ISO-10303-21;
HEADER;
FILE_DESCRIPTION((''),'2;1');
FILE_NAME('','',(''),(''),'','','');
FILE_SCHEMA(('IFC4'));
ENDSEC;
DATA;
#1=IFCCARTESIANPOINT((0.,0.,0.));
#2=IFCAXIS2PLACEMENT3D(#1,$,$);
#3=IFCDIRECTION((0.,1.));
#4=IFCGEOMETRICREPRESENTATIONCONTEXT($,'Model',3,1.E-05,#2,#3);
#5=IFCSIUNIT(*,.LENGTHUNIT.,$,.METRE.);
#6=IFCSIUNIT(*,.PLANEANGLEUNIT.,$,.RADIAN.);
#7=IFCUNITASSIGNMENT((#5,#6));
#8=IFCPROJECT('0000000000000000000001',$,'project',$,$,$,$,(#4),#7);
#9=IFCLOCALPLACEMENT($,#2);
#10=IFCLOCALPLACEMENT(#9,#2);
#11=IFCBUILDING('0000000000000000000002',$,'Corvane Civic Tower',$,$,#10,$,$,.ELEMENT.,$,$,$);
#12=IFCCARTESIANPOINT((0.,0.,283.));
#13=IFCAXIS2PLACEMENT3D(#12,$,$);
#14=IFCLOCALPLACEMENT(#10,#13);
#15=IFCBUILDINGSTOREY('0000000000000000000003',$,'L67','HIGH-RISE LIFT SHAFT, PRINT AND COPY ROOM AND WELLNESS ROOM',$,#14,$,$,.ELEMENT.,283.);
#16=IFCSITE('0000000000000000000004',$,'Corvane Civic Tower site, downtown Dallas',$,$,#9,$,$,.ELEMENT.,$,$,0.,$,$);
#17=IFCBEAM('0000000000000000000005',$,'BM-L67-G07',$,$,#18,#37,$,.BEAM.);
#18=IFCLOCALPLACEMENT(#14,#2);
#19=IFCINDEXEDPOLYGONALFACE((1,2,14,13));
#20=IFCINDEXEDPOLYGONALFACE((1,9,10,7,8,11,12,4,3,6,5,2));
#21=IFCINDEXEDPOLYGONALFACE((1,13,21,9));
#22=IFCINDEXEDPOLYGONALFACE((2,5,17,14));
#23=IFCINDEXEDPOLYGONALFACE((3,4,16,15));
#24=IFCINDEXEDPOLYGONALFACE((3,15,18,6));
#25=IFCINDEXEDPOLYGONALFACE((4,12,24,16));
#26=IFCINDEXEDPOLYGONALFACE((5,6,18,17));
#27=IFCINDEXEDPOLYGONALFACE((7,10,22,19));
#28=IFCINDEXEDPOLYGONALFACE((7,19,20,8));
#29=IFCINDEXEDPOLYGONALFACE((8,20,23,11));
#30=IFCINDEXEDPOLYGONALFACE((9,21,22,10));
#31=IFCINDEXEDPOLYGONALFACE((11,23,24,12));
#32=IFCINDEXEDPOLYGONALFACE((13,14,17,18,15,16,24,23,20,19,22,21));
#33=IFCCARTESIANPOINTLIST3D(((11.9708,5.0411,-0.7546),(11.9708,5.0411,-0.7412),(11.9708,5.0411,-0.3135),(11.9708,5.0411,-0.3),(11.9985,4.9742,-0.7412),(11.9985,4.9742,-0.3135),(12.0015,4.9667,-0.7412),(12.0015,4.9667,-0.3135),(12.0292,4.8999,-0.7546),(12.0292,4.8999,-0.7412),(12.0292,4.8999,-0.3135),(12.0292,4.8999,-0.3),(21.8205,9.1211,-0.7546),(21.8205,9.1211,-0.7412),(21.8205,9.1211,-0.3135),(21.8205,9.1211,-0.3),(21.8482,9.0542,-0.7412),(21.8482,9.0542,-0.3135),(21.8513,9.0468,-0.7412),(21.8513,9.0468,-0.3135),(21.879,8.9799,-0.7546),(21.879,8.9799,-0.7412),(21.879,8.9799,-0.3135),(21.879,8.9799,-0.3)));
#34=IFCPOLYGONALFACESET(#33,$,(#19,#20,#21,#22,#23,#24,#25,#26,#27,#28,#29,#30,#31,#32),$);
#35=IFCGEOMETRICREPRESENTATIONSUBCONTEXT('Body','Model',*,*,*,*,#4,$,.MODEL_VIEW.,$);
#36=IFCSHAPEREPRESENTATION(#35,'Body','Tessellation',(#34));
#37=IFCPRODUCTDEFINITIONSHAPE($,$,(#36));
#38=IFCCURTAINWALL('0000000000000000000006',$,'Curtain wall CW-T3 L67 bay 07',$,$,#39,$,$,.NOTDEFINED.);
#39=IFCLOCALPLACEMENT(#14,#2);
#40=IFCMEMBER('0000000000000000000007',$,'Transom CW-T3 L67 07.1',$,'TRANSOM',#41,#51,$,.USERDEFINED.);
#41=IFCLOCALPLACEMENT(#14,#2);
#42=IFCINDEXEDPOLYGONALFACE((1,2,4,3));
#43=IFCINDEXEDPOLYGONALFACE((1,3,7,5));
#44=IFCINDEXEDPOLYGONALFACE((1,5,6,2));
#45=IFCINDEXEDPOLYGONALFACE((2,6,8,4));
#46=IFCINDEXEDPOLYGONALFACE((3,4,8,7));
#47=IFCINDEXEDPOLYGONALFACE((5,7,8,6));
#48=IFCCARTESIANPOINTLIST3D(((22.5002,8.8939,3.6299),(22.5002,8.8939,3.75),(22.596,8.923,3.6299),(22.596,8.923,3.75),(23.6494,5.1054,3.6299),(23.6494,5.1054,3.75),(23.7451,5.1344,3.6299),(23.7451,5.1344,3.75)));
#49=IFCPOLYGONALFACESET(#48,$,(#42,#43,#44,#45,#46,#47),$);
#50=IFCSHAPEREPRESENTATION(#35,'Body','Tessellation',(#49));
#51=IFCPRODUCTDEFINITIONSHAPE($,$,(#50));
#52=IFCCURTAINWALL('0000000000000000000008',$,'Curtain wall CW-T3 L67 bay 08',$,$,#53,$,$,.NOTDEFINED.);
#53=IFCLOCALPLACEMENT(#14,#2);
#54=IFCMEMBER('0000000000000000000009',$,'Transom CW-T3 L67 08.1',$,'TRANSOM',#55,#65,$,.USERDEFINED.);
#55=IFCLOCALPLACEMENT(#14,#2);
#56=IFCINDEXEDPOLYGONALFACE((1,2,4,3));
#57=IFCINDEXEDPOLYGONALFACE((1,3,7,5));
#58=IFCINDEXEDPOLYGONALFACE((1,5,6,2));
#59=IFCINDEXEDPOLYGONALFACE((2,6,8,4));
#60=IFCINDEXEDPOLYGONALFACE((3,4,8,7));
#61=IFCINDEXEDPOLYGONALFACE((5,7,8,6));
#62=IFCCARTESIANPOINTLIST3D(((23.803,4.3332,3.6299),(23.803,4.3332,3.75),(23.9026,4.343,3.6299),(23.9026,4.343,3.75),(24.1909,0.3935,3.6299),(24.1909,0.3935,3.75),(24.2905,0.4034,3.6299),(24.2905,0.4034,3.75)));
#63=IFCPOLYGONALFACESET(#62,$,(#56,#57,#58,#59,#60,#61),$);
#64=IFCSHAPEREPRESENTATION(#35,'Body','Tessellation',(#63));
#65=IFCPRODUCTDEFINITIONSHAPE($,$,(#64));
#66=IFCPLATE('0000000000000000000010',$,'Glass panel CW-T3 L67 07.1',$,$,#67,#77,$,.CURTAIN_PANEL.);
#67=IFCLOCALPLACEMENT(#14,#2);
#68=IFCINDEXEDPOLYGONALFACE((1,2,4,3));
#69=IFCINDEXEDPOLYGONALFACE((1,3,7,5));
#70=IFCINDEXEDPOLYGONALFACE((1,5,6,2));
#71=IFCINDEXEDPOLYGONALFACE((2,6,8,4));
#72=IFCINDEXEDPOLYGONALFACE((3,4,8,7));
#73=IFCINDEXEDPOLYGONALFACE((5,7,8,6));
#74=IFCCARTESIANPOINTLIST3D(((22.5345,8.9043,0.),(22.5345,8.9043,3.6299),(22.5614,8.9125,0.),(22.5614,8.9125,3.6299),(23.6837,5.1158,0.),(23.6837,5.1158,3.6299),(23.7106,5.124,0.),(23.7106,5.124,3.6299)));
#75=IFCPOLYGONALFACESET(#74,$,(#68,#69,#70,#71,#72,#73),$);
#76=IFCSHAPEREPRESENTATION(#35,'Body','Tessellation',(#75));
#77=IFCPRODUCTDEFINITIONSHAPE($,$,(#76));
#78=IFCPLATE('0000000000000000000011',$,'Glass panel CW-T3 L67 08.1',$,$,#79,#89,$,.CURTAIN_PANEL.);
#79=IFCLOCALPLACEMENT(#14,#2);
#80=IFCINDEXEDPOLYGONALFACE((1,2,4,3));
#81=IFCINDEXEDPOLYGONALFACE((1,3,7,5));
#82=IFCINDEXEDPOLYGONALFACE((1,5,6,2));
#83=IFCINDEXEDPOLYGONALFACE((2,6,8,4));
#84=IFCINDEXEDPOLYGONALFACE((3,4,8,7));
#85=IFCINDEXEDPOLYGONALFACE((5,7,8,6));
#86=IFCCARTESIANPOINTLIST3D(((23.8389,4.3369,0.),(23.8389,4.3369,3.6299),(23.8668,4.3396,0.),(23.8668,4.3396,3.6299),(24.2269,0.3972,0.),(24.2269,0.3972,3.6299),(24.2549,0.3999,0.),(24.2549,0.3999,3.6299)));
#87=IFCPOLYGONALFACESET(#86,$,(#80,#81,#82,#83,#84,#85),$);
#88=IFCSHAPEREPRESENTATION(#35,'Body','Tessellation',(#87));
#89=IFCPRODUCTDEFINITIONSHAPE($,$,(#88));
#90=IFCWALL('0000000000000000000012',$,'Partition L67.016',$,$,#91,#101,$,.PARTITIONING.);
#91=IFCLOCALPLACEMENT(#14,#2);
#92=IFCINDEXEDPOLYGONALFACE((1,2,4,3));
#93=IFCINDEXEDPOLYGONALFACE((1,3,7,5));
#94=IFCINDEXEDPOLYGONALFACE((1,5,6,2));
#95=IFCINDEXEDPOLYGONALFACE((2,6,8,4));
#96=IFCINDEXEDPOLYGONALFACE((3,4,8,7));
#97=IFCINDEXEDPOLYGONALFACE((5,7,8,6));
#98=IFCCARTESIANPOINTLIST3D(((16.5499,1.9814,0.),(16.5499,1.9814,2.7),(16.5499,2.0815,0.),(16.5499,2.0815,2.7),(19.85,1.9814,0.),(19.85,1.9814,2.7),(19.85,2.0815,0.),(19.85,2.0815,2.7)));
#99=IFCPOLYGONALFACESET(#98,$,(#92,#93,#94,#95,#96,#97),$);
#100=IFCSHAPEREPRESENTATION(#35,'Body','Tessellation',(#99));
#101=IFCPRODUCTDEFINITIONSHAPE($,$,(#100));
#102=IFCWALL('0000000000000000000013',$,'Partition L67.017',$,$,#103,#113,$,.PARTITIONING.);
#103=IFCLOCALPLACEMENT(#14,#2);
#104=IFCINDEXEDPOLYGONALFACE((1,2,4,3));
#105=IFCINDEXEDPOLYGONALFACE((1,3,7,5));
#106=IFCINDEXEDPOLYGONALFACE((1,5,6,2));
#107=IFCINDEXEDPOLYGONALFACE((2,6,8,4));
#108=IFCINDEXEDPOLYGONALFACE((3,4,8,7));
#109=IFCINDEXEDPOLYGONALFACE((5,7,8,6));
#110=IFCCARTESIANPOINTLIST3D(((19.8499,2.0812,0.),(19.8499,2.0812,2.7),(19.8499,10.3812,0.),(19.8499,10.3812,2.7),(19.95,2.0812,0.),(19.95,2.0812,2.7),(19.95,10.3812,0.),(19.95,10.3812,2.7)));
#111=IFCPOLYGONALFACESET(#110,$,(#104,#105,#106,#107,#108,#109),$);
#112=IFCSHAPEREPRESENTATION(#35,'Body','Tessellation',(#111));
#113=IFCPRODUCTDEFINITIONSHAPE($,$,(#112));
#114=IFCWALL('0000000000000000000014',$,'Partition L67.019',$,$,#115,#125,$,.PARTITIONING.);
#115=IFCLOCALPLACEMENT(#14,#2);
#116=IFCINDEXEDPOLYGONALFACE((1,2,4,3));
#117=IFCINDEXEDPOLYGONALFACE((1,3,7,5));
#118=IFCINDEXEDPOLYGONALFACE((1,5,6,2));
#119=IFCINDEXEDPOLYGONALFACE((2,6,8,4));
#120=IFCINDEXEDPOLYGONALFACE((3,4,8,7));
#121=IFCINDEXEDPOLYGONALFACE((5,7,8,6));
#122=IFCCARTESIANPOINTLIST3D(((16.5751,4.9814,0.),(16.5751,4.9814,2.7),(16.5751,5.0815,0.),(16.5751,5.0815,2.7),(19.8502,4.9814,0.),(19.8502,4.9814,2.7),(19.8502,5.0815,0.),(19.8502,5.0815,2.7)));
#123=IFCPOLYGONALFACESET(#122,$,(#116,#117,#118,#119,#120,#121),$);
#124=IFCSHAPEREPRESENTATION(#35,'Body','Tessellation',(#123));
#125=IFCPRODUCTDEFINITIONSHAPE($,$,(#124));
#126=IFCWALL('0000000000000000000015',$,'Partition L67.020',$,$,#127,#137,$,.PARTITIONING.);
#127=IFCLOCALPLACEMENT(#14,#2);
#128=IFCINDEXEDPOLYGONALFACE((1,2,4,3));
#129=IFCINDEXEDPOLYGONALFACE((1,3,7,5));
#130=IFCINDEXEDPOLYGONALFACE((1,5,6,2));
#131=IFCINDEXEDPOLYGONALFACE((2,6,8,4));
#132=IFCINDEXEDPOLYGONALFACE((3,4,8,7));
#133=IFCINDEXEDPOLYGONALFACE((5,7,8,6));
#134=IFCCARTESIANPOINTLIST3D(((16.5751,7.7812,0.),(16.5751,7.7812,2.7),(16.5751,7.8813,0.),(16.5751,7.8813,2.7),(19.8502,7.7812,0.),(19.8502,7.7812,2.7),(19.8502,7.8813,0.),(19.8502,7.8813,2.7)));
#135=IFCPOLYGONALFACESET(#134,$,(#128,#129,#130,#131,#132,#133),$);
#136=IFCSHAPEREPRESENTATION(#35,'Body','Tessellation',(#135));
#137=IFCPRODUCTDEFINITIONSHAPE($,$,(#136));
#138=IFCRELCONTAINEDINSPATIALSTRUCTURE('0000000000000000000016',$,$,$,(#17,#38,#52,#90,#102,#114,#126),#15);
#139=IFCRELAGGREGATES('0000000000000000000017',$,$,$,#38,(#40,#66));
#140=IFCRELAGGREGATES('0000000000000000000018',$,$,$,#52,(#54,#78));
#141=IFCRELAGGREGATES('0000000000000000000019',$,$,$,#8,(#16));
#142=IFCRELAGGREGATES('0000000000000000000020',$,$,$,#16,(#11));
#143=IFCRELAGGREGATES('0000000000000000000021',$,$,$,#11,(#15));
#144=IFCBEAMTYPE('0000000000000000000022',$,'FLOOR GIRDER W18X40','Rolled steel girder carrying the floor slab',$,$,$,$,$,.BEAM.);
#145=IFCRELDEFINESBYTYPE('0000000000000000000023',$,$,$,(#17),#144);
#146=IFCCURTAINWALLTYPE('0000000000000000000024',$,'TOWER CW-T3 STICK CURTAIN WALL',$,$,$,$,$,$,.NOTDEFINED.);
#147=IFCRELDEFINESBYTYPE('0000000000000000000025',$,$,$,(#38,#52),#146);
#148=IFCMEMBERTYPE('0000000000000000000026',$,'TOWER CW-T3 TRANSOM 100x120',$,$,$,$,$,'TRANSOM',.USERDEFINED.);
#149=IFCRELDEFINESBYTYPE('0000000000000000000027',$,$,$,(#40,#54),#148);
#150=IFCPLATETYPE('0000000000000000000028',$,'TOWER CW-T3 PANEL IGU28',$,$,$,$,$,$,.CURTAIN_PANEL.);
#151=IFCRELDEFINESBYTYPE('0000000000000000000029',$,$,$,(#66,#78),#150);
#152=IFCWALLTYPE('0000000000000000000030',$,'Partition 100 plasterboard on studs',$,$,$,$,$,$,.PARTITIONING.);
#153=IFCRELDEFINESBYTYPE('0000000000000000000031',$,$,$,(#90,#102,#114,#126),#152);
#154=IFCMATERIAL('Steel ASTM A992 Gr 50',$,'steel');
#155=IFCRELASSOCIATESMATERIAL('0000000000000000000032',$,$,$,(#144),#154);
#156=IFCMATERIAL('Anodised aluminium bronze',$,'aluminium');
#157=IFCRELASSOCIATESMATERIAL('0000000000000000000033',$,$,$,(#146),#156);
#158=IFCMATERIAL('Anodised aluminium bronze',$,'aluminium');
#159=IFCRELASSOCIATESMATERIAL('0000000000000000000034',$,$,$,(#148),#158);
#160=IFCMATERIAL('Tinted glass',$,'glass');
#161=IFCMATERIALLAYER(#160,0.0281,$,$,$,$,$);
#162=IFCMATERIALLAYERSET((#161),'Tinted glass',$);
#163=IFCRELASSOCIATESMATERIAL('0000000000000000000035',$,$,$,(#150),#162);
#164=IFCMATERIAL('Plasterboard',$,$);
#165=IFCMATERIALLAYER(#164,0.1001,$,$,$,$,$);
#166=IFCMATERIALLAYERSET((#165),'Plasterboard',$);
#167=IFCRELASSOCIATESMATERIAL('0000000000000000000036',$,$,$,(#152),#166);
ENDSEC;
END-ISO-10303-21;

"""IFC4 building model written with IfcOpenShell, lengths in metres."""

from ifc_helpers import new_model, si_unit, direction, frame, frame_2d, origin, origin_2d, place, context, subcontext, project, spatial, rectangle, i_section, extrude, material, layer, layer_set, material_profile, profile_set, type_object, element, aggregate, save


model = new_model("IFC4")

# Units and contexts
model_context = context("Model", 3, precision=1e-05, world=origin(), true_north=direction((0.0, 1.0)))
body_context = subcontext(model_context, "Body", "Model", "MODEL_VIEW")
ifc_project = project(units=[si_unit("LENGTHUNIT", "METRE"), si_unit("PLANEANGLEUNIT", "RADIAN")], contexts=[model_context])

# Site, building, storey
site_placement = place(None, origin())
site = spatial("IfcSite", under=ifc_project, at=site_placement, Name="Corvane Civic Tower site, downtown Dallas", CompositionType="ELEMENT", RefElevation=0.0)
building_placement = place(site_placement, origin())
building = spatial("IfcBuilding", under=site, at=building_placement, Name="Corvane Civic Tower", CompositionType="ELEMENT")
storey_placement = place(building_placement, frame((0.0, 0.0, 283.0)))
storey = spatial("IfcBuildingStorey", under=building, at=storey_placement, Name="L67", Description="HIGH-RISE LIFT SHAFT, PRINT AND COPY ROOM AND WELLNESS ROOM", CompositionType="ELEMENT", Elevation=283.0)

# Beam
ifc_material_1 = material(Name="Steel ASTM A992 Gr 50", Category="steel")
ifc_material_profile_1 = material_profile(ifc_material_1, i_section(OverallWidth=0.1528, OverallDepth=0.4546, WebThickness=0.0081, FlangeThickness=0.0134, at=origin_2d()), Name="W18X40")
ifc_profile_set_1 = profile_set([ifc_material_profile_1], Name="Steel ASTM A992 Gr 50")
beam_type_1 = type_object("IfcBeamType", Name="FLOOR GIRDER W18X40", Description="Rolled steel girder carrying the floor slab", PredefinedType="BEAM", material=ifc_profile_set_1)
beam_1_placement = place(storey_placement, frame((12.0, 4.9705, -0.5273), z_axis=(0.923875, 0.382694, 0.0), x_axis=(-0.382694, 0.923875, 0.0)))
element("IfcBeam", 1, at=beam_1_placement, inside=storey, type_object=beam_type_1, Name="BM-L67-G07", PredefinedType="BEAM", context=body_context, shape_type="SweptSolid", body=[
    extrude(i_section(OverallWidth=0.1528, OverallDepth=0.4546, WebThickness=0.0081, FlangeThickness=0.0134, at=origin_2d()), origin(), (0.0, 0.0, 1.0), 10.6614),
])

# Curtain walls, members
ifc_material_2 = material(Name="Anodised aluminium bronze", Category="aluminium")
curtain_wall_type = type_object("IfcCurtainWallType", Name="TOWER CW-T3 STICK CURTAIN WALL", PredefinedType="NOTDEFINED", material=ifc_material_2)
curtain_wall_1_placement = place(storey_placement, origin())
curtain_wall_1 = element("IfcCurtainWall", 2, at=curtain_wall_1_placement, inside=storey, type_object=curtain_wall_type, Name="Curtain wall CW-T3 L67 bay 07", PredefinedType="NOTDEFINED")
ifc_material_3 = material(Name="Anodised aluminium bronze", Category="aluminium")
ifc_material_profile_2 = material_profile(ifc_material_3, rectangle(XDim=0.1001, YDim=0.1201, at=origin_2d()), Name="TOWER CW-T3 TRANSOM 100x120")
ifc_profile_set_2 = profile_set([ifc_material_profile_2], Name="Anodised aluminium bronze")
member_type = type_object("IfcMemberType", Name="TOWER CW-T3 TRANSOM 100x120", ElementType="TRANSOM", PredefinedType="USERDEFINED", material=ifc_profile_set_2)
member_1_placement = place(storey_placement, frame((22.5481, 8.9084, 3.6899), z_axis=(0.290266, -0.956946, 0.0), x_axis=(0.956946, 0.290266, 0.0)))
member_1 = element("IfcMember", 3, at=member_1_placement, type_object=member_type, Name="Transom CW-T3 L67 07.1", ObjectType="TRANSOM", PredefinedType="USERDEFINED", context=body_context, shape_type="SweptSolid", body=[
    extrude(rectangle(XDim=0.1001, YDim=0.1201, at=origin_2d()), origin(), (0.0, 0.0, 1.0), 3.959),
])
curtain_wall_2_placement = place(storey_placement, origin())
curtain_wall_2 = element("IfcCurtainWall", 4, at=curtain_wall_2_placement, inside=storey, type_object=curtain_wall_type, Name="Curtain wall CW-T3 L67 bay 08", PredefinedType="NOTDEFINED")
member_2_placement = place(storey_placement, frame((23.8528, 4.3381, 3.6899), z_axis=(0.097995, -0.995187, 0.0), x_axis=(0.995187, 0.097995, 0.0)))
member_2 = element("IfcMember", 5, at=member_2_placement, type_object=member_type, Name="Transom CW-T3 L67 08.1", ObjectType="TRANSOM", PredefinedType="USERDEFINED", context=body_context, shape_type="SweptSolid", body=[
    extrude(rectangle(XDim=0.1001, YDim=0.1201, at=origin_2d()), origin(), (0.0, 0.0, 1.0), 3.9587),
])

# Plates
ifc_material_4 = material(Name="Tinted glass", Category="glass")
ifc_layer_1 = layer(ifc_material_4, 0.0281)
ifc_layer_set_1 = layer_set([ifc_layer_1], Name="Tinted glass")
plate_type = type_object("IfcPlateType", Name="TOWER CW-T3 PANEL IGU28", PredefinedType="CURTAIN_PANEL", material=ifc_layer_set_1)
plate_1_placement = place(storey_placement, frame((23.1226, 7.0142, 0.0), z_axis=(0.0, 0.0, 1.0), x_axis=(0.290274, -0.956944, 0.0)))
plate_1 = element("IfcPlate", 6, at=plate_1_placement, type_object=plate_type, Name="Glass panel CW-T3 L67 07.1", PredefinedType="CURTAIN_PANEL", context=body_context, shape_type="SweptSolid", body=[
    extrude(rectangle(XDim=3.959, YDim=0.0281, at=origin_2d()), origin(), (0.0, 0.0, 1.0), 3.6299),
])
aggregate(curtain_wall_1, [member_1, plate_1])
plate_2_placement = place(storey_placement, frame((24.0469, 2.3684, 0.0), z_axis=(0.0, 0.0, 1.0), x_axis=(0.098021, -0.995184, 0.0)))
plate_2 = element("IfcPlate", 7, at=plate_2_placement, type_object=plate_type, Name="Glass panel CW-T3 L67 08.1", PredefinedType="CURTAIN_PANEL", context=body_context, shape_type="SweptSolid", body=[
    extrude(rectangle(XDim=3.9587, YDim=0.0281, at=origin_2d()), origin(), (0.0, 0.0, 1.0), 3.6299),
])
aggregate(curtain_wall_2, [member_2, plate_2])

# Walls
ifc_material_5 = material(Name="Plasterboard")
ifc_layer_2 = layer(ifc_material_5, 0.1001)
ifc_layer_set_2 = layer_set([ifc_layer_2], Name="Plasterboard")
wall_type_1 = type_object("IfcWallType", Name="Partition 100 plasterboard on studs", PredefinedType="PARTITIONING", material=ifc_layer_set_2)
wall_1_placement = place(storey_placement, frame((16.55, 2.0315, 0.0), z_axis=(0.0, 0.0, 1.0), x_axis=(1.0, 0.0, 0.0)))
element("IfcWall", 8, at=wall_1_placement, inside=storey, type_object=wall_type_1, Name="Partition L67.016", PredefinedType="PARTITIONING", context=body_context, shape_type="SweptSolid", body=[
    extrude(rectangle(XDim=3.3, YDim=0.1001, at=frame_2d((1.6499, 0.0))), origin(), (0.0, 0.0, 1.0), 2.7),
])
wall_2_placement = place(storey_placement, frame((19.8999, 2.0813, 0.0), z_axis=(0.0, 0.0, 1.0), x_axis=(0.0, 1.0, 0.0)))
element("IfcWall", 9, at=wall_2_placement, inside=storey, type_object=wall_type_1, Name="Partition L67.017", PredefinedType="PARTITIONING", context=body_context, shape_type="SweptSolid", body=[
    extrude(rectangle(XDim=8.3, YDim=0.1001, at=frame_2d((4.1499, 0.0))), origin(), (0.0, 0.0, 1.0), 2.7),
])
for number, where, z_axis, x_axis, name in (
    (10, (16.575, 5.0315, 0.0), (0.0, 0.0, 1.0), (1.0, 0.0, 0.0), "Partition L67.019"),
    (11, (16.575, 7.8313, 0.0), (0.0, 0.0, 1.0), (1.0, 0.0, 0.0), "Partition L67.020"),
):
    element("IfcWall", number, at=place(storey_placement, frame(where, z_axis=z_axis, x_axis=x_axis)), inside=storey, type_object=wall_type_1, Name=name, PredefinedType="PARTITIONING", context=body_context, shape_type="SweptSolid", body=[
        extrude(rectangle(XDim=3.2751, YDim=0.1001, at=frame_2d((1.6377, 0.0))), origin(), (0.0, 0.0, 1.0), 2.7),
    ])

save(model, "model.ifc")
